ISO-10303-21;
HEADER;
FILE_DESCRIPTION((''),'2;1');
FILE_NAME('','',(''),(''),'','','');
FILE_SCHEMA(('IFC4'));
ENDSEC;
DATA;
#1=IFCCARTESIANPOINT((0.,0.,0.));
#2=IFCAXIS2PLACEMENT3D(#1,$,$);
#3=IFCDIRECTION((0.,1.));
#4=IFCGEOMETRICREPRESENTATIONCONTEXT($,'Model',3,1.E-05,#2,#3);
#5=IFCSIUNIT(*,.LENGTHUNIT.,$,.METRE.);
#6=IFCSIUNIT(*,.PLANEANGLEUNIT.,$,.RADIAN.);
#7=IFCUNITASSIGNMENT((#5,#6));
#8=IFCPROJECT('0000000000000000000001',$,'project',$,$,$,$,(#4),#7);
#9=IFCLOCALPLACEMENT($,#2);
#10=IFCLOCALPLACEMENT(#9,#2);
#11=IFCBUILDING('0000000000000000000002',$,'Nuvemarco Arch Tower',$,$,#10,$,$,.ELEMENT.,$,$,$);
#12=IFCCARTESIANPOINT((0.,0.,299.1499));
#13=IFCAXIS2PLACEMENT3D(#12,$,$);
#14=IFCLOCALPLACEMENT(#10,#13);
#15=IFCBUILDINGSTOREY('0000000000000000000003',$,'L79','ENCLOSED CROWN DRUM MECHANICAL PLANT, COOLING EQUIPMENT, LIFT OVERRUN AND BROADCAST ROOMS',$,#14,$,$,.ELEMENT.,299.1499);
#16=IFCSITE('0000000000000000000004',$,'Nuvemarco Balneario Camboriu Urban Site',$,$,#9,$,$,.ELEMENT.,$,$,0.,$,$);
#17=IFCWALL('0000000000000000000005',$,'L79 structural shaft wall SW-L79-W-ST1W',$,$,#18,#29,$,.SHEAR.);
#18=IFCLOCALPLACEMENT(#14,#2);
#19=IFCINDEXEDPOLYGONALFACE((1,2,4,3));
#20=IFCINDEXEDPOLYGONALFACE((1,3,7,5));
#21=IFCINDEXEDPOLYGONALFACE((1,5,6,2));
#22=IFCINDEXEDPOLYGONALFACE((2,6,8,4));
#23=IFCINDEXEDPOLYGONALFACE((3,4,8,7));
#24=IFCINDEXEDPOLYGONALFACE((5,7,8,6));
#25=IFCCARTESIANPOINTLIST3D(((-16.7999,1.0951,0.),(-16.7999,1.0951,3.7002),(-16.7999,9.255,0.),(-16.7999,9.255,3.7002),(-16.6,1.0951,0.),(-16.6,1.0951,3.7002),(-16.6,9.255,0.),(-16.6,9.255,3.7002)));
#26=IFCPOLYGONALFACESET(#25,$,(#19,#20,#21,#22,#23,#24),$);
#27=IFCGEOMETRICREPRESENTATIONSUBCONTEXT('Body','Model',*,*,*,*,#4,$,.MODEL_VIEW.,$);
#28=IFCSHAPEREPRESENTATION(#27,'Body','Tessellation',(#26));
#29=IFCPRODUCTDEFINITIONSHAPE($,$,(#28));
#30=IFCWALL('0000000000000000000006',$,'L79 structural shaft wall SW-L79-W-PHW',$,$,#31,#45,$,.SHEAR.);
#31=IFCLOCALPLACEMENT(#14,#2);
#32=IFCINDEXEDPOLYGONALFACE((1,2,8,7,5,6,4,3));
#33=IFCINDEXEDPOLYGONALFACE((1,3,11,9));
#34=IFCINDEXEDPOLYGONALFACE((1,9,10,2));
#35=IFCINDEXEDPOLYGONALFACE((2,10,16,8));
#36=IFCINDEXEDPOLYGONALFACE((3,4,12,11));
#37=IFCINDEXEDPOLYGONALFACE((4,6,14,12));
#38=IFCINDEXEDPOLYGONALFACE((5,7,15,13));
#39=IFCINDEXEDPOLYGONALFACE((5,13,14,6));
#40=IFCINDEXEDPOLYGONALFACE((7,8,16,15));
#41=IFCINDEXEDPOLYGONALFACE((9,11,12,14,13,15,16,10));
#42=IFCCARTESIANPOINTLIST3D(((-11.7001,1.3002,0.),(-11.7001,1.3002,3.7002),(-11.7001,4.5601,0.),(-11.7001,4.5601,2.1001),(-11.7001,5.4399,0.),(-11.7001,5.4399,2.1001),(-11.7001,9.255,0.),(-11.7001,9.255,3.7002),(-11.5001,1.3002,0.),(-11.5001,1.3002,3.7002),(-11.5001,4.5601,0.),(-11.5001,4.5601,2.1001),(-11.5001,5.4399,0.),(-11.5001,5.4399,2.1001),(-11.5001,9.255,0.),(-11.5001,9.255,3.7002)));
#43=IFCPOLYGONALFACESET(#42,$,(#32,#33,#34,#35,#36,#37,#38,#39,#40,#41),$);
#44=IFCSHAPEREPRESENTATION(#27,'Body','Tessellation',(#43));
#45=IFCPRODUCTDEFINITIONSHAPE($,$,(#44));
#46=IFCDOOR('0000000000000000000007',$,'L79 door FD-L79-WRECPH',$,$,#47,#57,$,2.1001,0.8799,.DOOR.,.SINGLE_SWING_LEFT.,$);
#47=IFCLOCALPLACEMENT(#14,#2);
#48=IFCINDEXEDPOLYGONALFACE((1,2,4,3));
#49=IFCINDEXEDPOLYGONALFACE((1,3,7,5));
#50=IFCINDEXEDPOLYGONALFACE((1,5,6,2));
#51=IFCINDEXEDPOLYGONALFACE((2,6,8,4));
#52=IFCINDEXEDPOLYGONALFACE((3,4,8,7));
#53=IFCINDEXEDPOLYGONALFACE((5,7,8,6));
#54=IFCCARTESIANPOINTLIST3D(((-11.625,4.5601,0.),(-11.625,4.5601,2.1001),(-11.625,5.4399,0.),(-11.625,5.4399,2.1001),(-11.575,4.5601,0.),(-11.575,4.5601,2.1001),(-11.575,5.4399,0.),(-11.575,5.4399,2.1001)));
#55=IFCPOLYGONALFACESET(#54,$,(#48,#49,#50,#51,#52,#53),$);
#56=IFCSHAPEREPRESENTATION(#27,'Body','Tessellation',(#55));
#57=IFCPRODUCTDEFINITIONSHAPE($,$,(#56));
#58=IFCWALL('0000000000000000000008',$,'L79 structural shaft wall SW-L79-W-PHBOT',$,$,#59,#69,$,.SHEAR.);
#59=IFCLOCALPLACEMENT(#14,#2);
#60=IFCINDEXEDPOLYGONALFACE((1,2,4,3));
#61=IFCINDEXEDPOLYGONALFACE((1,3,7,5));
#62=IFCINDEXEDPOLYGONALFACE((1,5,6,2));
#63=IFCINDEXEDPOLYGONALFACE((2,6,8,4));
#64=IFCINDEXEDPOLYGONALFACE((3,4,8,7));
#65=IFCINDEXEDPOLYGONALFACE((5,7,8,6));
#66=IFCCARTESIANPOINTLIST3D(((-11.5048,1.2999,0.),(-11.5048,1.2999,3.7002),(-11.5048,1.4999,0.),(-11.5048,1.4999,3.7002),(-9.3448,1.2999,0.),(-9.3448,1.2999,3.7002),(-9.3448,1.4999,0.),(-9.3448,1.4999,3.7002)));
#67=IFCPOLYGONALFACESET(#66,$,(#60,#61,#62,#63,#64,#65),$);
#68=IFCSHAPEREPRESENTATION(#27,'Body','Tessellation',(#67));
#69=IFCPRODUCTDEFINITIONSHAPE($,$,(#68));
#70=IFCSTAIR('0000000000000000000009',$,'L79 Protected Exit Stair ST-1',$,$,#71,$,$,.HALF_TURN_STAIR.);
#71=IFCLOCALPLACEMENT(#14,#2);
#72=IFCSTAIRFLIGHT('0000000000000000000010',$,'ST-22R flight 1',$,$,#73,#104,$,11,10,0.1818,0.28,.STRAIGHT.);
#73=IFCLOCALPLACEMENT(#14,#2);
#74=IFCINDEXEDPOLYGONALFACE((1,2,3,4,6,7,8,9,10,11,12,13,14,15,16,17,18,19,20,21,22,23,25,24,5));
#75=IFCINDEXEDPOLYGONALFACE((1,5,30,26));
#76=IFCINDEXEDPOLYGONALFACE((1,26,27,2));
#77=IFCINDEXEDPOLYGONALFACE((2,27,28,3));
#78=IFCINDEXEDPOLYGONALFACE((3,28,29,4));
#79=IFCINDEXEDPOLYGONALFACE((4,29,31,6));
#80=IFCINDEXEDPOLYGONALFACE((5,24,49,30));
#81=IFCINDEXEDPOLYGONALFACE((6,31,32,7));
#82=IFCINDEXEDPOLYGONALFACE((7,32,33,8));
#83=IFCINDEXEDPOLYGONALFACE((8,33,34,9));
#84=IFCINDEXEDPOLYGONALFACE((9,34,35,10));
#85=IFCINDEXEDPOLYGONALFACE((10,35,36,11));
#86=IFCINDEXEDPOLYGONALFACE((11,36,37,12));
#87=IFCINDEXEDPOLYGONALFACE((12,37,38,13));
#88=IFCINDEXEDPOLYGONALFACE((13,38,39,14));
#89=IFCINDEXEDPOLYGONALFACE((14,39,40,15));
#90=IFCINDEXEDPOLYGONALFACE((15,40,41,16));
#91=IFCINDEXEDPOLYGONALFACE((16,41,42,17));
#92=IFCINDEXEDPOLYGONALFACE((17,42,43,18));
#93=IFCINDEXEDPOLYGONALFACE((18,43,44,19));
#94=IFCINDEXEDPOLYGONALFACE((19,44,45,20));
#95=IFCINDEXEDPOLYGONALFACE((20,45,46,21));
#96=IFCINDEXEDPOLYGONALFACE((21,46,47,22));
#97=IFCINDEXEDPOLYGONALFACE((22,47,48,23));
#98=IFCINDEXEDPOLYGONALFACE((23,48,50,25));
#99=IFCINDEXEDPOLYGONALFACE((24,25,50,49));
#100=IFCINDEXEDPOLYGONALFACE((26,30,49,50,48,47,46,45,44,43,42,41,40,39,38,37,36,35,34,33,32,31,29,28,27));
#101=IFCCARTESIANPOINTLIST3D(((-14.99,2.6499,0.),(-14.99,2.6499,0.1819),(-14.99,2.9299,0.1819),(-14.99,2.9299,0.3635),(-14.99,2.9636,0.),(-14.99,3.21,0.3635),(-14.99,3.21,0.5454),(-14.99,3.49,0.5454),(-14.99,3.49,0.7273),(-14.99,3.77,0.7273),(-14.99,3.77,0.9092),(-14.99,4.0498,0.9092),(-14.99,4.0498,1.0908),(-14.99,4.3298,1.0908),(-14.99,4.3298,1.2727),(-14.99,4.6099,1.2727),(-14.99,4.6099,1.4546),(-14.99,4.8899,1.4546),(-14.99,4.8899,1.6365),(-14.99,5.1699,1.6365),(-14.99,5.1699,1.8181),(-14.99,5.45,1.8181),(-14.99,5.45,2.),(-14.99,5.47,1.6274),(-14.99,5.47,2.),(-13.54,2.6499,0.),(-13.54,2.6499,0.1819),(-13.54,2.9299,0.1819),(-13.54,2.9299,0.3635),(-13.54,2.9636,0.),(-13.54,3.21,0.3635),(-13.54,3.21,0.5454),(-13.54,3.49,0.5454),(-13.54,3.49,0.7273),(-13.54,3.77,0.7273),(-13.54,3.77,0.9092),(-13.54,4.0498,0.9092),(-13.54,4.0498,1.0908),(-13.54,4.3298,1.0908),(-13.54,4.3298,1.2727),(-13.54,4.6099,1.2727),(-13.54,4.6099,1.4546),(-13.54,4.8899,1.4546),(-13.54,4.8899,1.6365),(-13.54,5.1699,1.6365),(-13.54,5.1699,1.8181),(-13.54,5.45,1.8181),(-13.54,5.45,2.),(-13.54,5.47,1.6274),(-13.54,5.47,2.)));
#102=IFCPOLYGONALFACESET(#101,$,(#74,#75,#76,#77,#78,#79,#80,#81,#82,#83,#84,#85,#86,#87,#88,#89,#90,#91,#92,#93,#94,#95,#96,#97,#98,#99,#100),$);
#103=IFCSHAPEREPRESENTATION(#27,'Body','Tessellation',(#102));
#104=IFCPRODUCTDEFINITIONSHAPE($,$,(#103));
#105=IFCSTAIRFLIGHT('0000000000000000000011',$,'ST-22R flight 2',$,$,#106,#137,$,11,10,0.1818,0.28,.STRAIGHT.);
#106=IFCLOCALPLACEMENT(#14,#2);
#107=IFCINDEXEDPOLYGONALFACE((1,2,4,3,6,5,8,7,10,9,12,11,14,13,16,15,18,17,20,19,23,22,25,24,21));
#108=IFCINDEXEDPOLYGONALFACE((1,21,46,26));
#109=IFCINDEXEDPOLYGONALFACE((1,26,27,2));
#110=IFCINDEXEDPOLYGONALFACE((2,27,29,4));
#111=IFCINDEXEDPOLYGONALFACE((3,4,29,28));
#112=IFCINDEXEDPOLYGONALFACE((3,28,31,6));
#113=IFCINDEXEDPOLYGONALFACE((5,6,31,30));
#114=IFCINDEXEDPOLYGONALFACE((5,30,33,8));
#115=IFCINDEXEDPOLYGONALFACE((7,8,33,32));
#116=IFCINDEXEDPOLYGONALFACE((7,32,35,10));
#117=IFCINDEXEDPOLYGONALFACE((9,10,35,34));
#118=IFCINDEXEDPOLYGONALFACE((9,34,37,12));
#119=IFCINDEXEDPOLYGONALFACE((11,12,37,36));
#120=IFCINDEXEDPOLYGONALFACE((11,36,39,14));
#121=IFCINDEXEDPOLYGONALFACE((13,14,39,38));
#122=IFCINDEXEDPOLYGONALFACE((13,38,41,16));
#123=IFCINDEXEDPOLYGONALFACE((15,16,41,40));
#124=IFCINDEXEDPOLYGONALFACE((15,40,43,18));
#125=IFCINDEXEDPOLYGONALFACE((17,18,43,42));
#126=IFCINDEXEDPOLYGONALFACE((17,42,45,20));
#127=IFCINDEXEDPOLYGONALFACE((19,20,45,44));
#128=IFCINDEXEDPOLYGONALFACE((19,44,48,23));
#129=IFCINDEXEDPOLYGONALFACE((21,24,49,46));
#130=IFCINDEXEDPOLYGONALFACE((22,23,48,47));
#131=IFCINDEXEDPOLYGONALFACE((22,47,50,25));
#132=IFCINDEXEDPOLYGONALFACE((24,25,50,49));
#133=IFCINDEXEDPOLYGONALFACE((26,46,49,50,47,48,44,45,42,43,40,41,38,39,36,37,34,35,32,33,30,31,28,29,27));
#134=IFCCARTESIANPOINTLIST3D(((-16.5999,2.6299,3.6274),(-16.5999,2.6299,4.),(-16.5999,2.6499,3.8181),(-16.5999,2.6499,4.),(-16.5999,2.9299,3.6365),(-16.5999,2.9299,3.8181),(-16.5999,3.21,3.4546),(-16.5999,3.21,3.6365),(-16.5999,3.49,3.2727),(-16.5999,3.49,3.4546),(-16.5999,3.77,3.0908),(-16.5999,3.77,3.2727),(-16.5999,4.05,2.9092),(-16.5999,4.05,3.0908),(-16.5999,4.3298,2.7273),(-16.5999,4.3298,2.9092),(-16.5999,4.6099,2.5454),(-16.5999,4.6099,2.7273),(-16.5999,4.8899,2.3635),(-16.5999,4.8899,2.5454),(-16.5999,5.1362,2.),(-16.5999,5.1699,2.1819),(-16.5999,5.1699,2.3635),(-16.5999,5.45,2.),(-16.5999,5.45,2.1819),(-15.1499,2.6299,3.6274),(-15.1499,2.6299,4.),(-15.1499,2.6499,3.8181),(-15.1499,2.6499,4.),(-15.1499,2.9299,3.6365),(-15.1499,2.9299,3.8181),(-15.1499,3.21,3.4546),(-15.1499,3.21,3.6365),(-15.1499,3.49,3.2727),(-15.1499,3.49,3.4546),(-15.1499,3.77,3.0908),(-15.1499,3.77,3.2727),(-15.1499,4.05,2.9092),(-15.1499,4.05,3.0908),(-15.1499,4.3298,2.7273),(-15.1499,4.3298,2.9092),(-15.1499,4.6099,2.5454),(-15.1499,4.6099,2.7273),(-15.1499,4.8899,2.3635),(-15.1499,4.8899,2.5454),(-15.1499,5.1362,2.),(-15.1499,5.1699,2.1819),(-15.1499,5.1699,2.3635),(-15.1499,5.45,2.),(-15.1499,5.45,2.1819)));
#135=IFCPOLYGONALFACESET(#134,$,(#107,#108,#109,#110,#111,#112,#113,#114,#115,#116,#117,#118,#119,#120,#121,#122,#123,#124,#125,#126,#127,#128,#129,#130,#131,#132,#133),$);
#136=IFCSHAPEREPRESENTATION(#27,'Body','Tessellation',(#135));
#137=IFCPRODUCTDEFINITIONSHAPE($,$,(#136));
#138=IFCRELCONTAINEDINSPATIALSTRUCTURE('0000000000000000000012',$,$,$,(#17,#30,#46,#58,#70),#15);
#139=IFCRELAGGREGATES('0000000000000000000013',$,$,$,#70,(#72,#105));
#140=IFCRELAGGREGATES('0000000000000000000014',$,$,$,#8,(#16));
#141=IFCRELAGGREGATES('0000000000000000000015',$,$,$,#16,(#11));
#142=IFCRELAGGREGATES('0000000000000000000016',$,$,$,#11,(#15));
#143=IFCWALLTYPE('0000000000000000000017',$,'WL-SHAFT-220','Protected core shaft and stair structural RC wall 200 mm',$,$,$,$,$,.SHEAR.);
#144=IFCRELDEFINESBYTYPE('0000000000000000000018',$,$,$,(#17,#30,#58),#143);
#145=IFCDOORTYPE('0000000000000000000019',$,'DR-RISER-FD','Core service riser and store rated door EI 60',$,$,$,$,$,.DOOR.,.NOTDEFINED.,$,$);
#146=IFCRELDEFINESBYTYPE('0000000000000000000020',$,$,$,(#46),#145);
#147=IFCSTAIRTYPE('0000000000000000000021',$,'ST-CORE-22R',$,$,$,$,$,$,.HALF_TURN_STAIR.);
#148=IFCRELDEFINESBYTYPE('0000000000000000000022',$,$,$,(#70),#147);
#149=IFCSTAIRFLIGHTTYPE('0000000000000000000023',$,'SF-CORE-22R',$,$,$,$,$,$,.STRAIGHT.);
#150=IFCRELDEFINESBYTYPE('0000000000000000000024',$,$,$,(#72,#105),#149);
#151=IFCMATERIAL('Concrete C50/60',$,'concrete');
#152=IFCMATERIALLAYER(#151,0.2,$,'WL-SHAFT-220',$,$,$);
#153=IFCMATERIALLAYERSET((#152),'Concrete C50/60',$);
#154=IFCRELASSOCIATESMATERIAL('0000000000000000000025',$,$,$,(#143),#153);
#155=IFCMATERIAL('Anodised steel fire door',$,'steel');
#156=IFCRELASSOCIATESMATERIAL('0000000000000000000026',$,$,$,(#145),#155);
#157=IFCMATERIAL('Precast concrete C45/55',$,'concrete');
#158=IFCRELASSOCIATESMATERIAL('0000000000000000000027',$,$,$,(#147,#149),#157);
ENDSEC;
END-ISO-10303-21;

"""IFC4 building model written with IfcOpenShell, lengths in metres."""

from ifc_helpers import new_model, si_unit, direction, frame, frame_2d, origin, place, context, subcontext, project, spatial, polyline, rectangle, outline, extrude, source, transform, mapped, material, layer, layer_set, type_object, type_shapes, element, fill, aggregate, save


model = new_model("IFC4")

# Units and contexts
model_context = context("Model", 3, precision=1e-05, world=origin(), true_north=direction((0.0, 1.0)))
body_context = subcontext(model_context, "Body", "Model", "MODEL_VIEW")
ifc_project = project(units=[si_unit("LENGTHUNIT", "METRE"), si_unit("PLANEANGLEUNIT", "RADIAN")], contexts=[model_context])

# Site, building, storey
site_placement = place(None, origin())
site = spatial("IfcSite", under=ifc_project, at=site_placement, Name="Nuvemarco Balneario Camboriu Urban Site", CompositionType="ELEMENT", RefElevation=0.0)
building_placement = place(site_placement, origin())
building = spatial("IfcBuilding", under=site, at=building_placement, Name="Nuvemarco Arch Tower", CompositionType="ELEMENT")
storey_placement = place(building_placement, frame((0.0, 0.0, 299.1499)))
storey = spatial("IfcBuildingStorey", under=building, at=storey_placement, Name="L79", Description="ENCLOSED CROWN DRUM MECHANICAL PLANT, COOLING EQUIPMENT, LIFT OVERRUN AND BROADCAST ROOMS", CompositionType="ELEMENT", Elevation=299.1499)

# Shared definitions
ifc_material_1 = material(Name="Concrete C50/60", Category="concrete")

# Shared definitions
ifc_material_2 = material(Name="Precast concrete C45/55", Category="concrete")
ifc_layer_1 = layer(ifc_material_1, 0.2, Name="WL-SHAFT-220")
ifc_layer_set_1 = layer_set([ifc_layer_1], Name="Concrete C50/60")
wall_type_1 = type_object("IfcWallType", Name="WL-SHAFT-220", Description="Protected core shaft and stair structural RC wall 200 mm", PredefinedType="SHEAR", material=ifc_layer_set_1)
ifc_material_3 = material(Name="Anodised steel fire door", Category="steel")

# Wall
wall_1_placement = place(storey_placement, frame((-16.7, 1.095, 0.0), z_axis=(0.0, 0.0, 1.0), x_axis=(0.0, 1.0, 0.0)))
element("IfcWall", 1, at=wall_1_placement, inside=storey, type_object=wall_type_1, Name="L79 structural shaft wall SW-L79-W-ST1W", PredefinedType="SHEAR", context=body_context, shape_type="SweptSolid", body=[
    extrude(rectangle(XDim=8.1599, YDim=0.2, at=frame_2d((4.0801, 0.0))), origin(), (0.0, 0.0, 1.0), 3.7002),
])

# Wall, opening, door
wall_2_placement = place(storey_placement, frame((-11.6001, 1.3, 0.0), z_axis=(0.0, 0.0, 1.0), x_axis=(0.0, 1.0, 0.0)))
wall_2 = element("IfcWall", 2, at=wall_2_placement, inside=storey, type_object=wall_type_1, Name="L79 structural shaft wall SW-L79-W-PHW", PredefinedType="SHEAR", context=body_context, shape_type="SweptSolid", body=[
    extrude(rectangle(XDim=7.9548, YDim=0.2, at=frame_2d((3.9775, 0.0))), origin(), (0.0, 0.0, 1.0), 3.7002),
])
opening_1_placement = place(wall_2_placement, frame((3.26, 0.0, 0.0)))
opening_1 = element("IfcOpeningElement", 3, at=opening_1_placement, cuts=wall_2, PredefinedType="OPENING", context=body_context, shape_type="SweptSolid", body=[
    extrude(rectangle(XDim=0.8799, YDim=2.1001, at=frame_2d((0.4399, 1.05))), frame((0.0, 0.1099, 0.0), z_axis=(0.0, -1.0, 0.0), x_axis=(1.0, 0.0, 0.0)), (0.0, 0.0, 1.0), 0.22),
])
door_type_1 = type_object("IfcDoorType", Name="DR-RISER-FD", Description="Core service riser and store rated door EI 60", OperationType="NOTDEFINED", PredefinedType="DOOR", material=ifc_material_3)
shared_shape_1 = source(origin(), body_context, "Body", "SweptSolid", [
    extrude(rectangle(XDim=0.8799, YDim=2.1001, at=frame_2d((0.4399, 1.05))), frame((0.0, 0.0249, 0.0), z_axis=(0.0, -1.0, 0.0), x_axis=(1.0, 0.0, 0.0)), (0.0, 0.0, 1.0), 0.05),
])
type_shapes(door_type_1, [shared_shape_1])
door_1_placement = place(opening_1_placement, origin())
door_1 = element("IfcDoor", 4, at=door_1_placement, inside=storey, type_object=door_type_1, Name="L79 door FD-L79-WRECPH", OperationType="SINGLE_SWING_LEFT", OverallHeight=2.1001, OverallWidth=0.8799, PredefinedType="DOOR", context=body_context, shape_type="MappedRepresentation", body=[
    mapped(shared_shape_1, transform((0.0, 0.0, 0.0), scale=1.0)),
])
fill(opening_1, door_1)

# Wall
wall_3_placement = place(storey_placement, frame((-11.5049, 1.3999, 0.0), z_axis=(0.0, 0.0, 1.0), x_axis=(1.0, 0.0, 0.0)))
element("IfcWall", 5, at=wall_3_placement, inside=storey, type_object=wall_type_1, Name="L79 structural shaft wall SW-L79-W-PHBOT", PredefinedType="SHEAR", context=body_context, shape_type="SweptSolid", body=[
    extrude(rectangle(XDim=2.1599, YDim=0.2, at=frame_2d((1.0801, 0.0))), origin(), (0.0, 0.0, 1.0), 3.7002),
])

# Stair, stair flights
stair_type = type_object("IfcStairType", Name="ST-CORE-22R", PredefinedType="HALF_TURN_STAIR", material=ifc_material_2)
stair_placement = place(storey_placement, origin())
stair = element("IfcStair", 6, at=stair_placement, inside=storey, type_object=stair_type, Name="L79 Protected Exit Stair ST-1", PredefinedType="HALF_TURN_STAIR")
stair_flight_type = type_object("IfcStairFlightType", Name="SF-CORE-22R", PredefinedType="STRAIGHT", material=ifc_material_2)
stair_flight_1_placement = place(storey_placement, frame((-14.2649, 2.6499, 0.0), z_axis=(0.0, 0.0, 1.0), x_axis=(0.0, 1.0, 0.0)))
stair_flight_1 = element("IfcStairFlight", 7, at=stair_flight_1_placement, type_object=stair_flight_type, Name="ST-22R flight 1", NumberOfRisers=11, NumberOfTreads=10, PredefinedType="STRAIGHT", RiserHeight=0.1818, TreadLength=0.28, context=body_context, shape_type="SweptSolid", body=[
    extrude(outline(polyline([(0.0, 0.0), (0.0, 0.1819), (0.28, 0.1819), (0.28, 0.3635), (0.5601, 0.3635), (0.5601, 0.5454), (0.8401, 0.5454), (0.8401, 0.7273), (1.1201, 0.7273), (1.1201, 0.9092), (1.3999, 0.9092), (1.3999, 1.0908), (1.6799, 1.0908), (1.6799, 1.2727), (1.96, 1.2727), (1.96, 1.4546), (2.24, 1.4546), (2.24, 1.6365), (2.52, 1.6365), (2.52, 1.8181), (2.8, 1.8181), (2.8, 2.0), (2.8201, 2.0), (2.8201, 1.6274), (0.3137, 0.0), (0.0, 0.0)])), frame((0.0, 0.7251, 0.0), z_axis=(0.0, -1.0, 0.0), x_axis=(1.0, 0.0, 0.0)), (0.0, 0.0, 1.0), 1.45),
])
stair_flight_2_placement = place(storey_placement, frame((-15.875, 5.45, 2.0), z_axis=(0.0, 0.0, 1.0), x_axis=(0.0, -1.0, 0.0)))
stair_flight_2 = element("IfcStairFlight", 8, at=stair_flight_2_placement, type_object=stair_flight_type, Name="ST-22R flight 2", NumberOfRisers=11, NumberOfTreads=10, PredefinedType="STRAIGHT", RiserHeight=0.1818, TreadLength=0.28, context=body_context, shape_type="SweptSolid", body=[
    extrude(outline(polyline([(0.0, 0.0), (0.0, 0.1819), (0.28, 0.1819), (0.28, 0.3635), (0.5601, 0.3635), (0.5601, 0.5454), (0.8401, 0.5454), (0.8401, 0.7273), (1.1201, 0.7273), (1.1201, 0.9092), (1.3999, 0.9092), (1.3999, 1.0908), (1.6799, 1.0908), (1.6799, 1.2727), (1.96, 1.2727), (1.96, 1.4546), (2.24, 1.4546), (2.24, 1.6365), (2.52, 1.6365), (2.52, 1.8181), (2.8, 1.8181), (2.8, 2.0), (2.8201, 2.0), (2.8201, 1.6274), (0.3137, 0.0), (0.0, 0.0)])), frame((0.0, 0.7251, 0.0), z_axis=(0.0, -1.0, 0.0), x_axis=(1.0, 0.0, 0.0)), (0.0, 0.0, 1.0), 1.45),
])
aggregate(stair, [stair_flight_1, stair_flight_2])

save(model, "model.ifc")
